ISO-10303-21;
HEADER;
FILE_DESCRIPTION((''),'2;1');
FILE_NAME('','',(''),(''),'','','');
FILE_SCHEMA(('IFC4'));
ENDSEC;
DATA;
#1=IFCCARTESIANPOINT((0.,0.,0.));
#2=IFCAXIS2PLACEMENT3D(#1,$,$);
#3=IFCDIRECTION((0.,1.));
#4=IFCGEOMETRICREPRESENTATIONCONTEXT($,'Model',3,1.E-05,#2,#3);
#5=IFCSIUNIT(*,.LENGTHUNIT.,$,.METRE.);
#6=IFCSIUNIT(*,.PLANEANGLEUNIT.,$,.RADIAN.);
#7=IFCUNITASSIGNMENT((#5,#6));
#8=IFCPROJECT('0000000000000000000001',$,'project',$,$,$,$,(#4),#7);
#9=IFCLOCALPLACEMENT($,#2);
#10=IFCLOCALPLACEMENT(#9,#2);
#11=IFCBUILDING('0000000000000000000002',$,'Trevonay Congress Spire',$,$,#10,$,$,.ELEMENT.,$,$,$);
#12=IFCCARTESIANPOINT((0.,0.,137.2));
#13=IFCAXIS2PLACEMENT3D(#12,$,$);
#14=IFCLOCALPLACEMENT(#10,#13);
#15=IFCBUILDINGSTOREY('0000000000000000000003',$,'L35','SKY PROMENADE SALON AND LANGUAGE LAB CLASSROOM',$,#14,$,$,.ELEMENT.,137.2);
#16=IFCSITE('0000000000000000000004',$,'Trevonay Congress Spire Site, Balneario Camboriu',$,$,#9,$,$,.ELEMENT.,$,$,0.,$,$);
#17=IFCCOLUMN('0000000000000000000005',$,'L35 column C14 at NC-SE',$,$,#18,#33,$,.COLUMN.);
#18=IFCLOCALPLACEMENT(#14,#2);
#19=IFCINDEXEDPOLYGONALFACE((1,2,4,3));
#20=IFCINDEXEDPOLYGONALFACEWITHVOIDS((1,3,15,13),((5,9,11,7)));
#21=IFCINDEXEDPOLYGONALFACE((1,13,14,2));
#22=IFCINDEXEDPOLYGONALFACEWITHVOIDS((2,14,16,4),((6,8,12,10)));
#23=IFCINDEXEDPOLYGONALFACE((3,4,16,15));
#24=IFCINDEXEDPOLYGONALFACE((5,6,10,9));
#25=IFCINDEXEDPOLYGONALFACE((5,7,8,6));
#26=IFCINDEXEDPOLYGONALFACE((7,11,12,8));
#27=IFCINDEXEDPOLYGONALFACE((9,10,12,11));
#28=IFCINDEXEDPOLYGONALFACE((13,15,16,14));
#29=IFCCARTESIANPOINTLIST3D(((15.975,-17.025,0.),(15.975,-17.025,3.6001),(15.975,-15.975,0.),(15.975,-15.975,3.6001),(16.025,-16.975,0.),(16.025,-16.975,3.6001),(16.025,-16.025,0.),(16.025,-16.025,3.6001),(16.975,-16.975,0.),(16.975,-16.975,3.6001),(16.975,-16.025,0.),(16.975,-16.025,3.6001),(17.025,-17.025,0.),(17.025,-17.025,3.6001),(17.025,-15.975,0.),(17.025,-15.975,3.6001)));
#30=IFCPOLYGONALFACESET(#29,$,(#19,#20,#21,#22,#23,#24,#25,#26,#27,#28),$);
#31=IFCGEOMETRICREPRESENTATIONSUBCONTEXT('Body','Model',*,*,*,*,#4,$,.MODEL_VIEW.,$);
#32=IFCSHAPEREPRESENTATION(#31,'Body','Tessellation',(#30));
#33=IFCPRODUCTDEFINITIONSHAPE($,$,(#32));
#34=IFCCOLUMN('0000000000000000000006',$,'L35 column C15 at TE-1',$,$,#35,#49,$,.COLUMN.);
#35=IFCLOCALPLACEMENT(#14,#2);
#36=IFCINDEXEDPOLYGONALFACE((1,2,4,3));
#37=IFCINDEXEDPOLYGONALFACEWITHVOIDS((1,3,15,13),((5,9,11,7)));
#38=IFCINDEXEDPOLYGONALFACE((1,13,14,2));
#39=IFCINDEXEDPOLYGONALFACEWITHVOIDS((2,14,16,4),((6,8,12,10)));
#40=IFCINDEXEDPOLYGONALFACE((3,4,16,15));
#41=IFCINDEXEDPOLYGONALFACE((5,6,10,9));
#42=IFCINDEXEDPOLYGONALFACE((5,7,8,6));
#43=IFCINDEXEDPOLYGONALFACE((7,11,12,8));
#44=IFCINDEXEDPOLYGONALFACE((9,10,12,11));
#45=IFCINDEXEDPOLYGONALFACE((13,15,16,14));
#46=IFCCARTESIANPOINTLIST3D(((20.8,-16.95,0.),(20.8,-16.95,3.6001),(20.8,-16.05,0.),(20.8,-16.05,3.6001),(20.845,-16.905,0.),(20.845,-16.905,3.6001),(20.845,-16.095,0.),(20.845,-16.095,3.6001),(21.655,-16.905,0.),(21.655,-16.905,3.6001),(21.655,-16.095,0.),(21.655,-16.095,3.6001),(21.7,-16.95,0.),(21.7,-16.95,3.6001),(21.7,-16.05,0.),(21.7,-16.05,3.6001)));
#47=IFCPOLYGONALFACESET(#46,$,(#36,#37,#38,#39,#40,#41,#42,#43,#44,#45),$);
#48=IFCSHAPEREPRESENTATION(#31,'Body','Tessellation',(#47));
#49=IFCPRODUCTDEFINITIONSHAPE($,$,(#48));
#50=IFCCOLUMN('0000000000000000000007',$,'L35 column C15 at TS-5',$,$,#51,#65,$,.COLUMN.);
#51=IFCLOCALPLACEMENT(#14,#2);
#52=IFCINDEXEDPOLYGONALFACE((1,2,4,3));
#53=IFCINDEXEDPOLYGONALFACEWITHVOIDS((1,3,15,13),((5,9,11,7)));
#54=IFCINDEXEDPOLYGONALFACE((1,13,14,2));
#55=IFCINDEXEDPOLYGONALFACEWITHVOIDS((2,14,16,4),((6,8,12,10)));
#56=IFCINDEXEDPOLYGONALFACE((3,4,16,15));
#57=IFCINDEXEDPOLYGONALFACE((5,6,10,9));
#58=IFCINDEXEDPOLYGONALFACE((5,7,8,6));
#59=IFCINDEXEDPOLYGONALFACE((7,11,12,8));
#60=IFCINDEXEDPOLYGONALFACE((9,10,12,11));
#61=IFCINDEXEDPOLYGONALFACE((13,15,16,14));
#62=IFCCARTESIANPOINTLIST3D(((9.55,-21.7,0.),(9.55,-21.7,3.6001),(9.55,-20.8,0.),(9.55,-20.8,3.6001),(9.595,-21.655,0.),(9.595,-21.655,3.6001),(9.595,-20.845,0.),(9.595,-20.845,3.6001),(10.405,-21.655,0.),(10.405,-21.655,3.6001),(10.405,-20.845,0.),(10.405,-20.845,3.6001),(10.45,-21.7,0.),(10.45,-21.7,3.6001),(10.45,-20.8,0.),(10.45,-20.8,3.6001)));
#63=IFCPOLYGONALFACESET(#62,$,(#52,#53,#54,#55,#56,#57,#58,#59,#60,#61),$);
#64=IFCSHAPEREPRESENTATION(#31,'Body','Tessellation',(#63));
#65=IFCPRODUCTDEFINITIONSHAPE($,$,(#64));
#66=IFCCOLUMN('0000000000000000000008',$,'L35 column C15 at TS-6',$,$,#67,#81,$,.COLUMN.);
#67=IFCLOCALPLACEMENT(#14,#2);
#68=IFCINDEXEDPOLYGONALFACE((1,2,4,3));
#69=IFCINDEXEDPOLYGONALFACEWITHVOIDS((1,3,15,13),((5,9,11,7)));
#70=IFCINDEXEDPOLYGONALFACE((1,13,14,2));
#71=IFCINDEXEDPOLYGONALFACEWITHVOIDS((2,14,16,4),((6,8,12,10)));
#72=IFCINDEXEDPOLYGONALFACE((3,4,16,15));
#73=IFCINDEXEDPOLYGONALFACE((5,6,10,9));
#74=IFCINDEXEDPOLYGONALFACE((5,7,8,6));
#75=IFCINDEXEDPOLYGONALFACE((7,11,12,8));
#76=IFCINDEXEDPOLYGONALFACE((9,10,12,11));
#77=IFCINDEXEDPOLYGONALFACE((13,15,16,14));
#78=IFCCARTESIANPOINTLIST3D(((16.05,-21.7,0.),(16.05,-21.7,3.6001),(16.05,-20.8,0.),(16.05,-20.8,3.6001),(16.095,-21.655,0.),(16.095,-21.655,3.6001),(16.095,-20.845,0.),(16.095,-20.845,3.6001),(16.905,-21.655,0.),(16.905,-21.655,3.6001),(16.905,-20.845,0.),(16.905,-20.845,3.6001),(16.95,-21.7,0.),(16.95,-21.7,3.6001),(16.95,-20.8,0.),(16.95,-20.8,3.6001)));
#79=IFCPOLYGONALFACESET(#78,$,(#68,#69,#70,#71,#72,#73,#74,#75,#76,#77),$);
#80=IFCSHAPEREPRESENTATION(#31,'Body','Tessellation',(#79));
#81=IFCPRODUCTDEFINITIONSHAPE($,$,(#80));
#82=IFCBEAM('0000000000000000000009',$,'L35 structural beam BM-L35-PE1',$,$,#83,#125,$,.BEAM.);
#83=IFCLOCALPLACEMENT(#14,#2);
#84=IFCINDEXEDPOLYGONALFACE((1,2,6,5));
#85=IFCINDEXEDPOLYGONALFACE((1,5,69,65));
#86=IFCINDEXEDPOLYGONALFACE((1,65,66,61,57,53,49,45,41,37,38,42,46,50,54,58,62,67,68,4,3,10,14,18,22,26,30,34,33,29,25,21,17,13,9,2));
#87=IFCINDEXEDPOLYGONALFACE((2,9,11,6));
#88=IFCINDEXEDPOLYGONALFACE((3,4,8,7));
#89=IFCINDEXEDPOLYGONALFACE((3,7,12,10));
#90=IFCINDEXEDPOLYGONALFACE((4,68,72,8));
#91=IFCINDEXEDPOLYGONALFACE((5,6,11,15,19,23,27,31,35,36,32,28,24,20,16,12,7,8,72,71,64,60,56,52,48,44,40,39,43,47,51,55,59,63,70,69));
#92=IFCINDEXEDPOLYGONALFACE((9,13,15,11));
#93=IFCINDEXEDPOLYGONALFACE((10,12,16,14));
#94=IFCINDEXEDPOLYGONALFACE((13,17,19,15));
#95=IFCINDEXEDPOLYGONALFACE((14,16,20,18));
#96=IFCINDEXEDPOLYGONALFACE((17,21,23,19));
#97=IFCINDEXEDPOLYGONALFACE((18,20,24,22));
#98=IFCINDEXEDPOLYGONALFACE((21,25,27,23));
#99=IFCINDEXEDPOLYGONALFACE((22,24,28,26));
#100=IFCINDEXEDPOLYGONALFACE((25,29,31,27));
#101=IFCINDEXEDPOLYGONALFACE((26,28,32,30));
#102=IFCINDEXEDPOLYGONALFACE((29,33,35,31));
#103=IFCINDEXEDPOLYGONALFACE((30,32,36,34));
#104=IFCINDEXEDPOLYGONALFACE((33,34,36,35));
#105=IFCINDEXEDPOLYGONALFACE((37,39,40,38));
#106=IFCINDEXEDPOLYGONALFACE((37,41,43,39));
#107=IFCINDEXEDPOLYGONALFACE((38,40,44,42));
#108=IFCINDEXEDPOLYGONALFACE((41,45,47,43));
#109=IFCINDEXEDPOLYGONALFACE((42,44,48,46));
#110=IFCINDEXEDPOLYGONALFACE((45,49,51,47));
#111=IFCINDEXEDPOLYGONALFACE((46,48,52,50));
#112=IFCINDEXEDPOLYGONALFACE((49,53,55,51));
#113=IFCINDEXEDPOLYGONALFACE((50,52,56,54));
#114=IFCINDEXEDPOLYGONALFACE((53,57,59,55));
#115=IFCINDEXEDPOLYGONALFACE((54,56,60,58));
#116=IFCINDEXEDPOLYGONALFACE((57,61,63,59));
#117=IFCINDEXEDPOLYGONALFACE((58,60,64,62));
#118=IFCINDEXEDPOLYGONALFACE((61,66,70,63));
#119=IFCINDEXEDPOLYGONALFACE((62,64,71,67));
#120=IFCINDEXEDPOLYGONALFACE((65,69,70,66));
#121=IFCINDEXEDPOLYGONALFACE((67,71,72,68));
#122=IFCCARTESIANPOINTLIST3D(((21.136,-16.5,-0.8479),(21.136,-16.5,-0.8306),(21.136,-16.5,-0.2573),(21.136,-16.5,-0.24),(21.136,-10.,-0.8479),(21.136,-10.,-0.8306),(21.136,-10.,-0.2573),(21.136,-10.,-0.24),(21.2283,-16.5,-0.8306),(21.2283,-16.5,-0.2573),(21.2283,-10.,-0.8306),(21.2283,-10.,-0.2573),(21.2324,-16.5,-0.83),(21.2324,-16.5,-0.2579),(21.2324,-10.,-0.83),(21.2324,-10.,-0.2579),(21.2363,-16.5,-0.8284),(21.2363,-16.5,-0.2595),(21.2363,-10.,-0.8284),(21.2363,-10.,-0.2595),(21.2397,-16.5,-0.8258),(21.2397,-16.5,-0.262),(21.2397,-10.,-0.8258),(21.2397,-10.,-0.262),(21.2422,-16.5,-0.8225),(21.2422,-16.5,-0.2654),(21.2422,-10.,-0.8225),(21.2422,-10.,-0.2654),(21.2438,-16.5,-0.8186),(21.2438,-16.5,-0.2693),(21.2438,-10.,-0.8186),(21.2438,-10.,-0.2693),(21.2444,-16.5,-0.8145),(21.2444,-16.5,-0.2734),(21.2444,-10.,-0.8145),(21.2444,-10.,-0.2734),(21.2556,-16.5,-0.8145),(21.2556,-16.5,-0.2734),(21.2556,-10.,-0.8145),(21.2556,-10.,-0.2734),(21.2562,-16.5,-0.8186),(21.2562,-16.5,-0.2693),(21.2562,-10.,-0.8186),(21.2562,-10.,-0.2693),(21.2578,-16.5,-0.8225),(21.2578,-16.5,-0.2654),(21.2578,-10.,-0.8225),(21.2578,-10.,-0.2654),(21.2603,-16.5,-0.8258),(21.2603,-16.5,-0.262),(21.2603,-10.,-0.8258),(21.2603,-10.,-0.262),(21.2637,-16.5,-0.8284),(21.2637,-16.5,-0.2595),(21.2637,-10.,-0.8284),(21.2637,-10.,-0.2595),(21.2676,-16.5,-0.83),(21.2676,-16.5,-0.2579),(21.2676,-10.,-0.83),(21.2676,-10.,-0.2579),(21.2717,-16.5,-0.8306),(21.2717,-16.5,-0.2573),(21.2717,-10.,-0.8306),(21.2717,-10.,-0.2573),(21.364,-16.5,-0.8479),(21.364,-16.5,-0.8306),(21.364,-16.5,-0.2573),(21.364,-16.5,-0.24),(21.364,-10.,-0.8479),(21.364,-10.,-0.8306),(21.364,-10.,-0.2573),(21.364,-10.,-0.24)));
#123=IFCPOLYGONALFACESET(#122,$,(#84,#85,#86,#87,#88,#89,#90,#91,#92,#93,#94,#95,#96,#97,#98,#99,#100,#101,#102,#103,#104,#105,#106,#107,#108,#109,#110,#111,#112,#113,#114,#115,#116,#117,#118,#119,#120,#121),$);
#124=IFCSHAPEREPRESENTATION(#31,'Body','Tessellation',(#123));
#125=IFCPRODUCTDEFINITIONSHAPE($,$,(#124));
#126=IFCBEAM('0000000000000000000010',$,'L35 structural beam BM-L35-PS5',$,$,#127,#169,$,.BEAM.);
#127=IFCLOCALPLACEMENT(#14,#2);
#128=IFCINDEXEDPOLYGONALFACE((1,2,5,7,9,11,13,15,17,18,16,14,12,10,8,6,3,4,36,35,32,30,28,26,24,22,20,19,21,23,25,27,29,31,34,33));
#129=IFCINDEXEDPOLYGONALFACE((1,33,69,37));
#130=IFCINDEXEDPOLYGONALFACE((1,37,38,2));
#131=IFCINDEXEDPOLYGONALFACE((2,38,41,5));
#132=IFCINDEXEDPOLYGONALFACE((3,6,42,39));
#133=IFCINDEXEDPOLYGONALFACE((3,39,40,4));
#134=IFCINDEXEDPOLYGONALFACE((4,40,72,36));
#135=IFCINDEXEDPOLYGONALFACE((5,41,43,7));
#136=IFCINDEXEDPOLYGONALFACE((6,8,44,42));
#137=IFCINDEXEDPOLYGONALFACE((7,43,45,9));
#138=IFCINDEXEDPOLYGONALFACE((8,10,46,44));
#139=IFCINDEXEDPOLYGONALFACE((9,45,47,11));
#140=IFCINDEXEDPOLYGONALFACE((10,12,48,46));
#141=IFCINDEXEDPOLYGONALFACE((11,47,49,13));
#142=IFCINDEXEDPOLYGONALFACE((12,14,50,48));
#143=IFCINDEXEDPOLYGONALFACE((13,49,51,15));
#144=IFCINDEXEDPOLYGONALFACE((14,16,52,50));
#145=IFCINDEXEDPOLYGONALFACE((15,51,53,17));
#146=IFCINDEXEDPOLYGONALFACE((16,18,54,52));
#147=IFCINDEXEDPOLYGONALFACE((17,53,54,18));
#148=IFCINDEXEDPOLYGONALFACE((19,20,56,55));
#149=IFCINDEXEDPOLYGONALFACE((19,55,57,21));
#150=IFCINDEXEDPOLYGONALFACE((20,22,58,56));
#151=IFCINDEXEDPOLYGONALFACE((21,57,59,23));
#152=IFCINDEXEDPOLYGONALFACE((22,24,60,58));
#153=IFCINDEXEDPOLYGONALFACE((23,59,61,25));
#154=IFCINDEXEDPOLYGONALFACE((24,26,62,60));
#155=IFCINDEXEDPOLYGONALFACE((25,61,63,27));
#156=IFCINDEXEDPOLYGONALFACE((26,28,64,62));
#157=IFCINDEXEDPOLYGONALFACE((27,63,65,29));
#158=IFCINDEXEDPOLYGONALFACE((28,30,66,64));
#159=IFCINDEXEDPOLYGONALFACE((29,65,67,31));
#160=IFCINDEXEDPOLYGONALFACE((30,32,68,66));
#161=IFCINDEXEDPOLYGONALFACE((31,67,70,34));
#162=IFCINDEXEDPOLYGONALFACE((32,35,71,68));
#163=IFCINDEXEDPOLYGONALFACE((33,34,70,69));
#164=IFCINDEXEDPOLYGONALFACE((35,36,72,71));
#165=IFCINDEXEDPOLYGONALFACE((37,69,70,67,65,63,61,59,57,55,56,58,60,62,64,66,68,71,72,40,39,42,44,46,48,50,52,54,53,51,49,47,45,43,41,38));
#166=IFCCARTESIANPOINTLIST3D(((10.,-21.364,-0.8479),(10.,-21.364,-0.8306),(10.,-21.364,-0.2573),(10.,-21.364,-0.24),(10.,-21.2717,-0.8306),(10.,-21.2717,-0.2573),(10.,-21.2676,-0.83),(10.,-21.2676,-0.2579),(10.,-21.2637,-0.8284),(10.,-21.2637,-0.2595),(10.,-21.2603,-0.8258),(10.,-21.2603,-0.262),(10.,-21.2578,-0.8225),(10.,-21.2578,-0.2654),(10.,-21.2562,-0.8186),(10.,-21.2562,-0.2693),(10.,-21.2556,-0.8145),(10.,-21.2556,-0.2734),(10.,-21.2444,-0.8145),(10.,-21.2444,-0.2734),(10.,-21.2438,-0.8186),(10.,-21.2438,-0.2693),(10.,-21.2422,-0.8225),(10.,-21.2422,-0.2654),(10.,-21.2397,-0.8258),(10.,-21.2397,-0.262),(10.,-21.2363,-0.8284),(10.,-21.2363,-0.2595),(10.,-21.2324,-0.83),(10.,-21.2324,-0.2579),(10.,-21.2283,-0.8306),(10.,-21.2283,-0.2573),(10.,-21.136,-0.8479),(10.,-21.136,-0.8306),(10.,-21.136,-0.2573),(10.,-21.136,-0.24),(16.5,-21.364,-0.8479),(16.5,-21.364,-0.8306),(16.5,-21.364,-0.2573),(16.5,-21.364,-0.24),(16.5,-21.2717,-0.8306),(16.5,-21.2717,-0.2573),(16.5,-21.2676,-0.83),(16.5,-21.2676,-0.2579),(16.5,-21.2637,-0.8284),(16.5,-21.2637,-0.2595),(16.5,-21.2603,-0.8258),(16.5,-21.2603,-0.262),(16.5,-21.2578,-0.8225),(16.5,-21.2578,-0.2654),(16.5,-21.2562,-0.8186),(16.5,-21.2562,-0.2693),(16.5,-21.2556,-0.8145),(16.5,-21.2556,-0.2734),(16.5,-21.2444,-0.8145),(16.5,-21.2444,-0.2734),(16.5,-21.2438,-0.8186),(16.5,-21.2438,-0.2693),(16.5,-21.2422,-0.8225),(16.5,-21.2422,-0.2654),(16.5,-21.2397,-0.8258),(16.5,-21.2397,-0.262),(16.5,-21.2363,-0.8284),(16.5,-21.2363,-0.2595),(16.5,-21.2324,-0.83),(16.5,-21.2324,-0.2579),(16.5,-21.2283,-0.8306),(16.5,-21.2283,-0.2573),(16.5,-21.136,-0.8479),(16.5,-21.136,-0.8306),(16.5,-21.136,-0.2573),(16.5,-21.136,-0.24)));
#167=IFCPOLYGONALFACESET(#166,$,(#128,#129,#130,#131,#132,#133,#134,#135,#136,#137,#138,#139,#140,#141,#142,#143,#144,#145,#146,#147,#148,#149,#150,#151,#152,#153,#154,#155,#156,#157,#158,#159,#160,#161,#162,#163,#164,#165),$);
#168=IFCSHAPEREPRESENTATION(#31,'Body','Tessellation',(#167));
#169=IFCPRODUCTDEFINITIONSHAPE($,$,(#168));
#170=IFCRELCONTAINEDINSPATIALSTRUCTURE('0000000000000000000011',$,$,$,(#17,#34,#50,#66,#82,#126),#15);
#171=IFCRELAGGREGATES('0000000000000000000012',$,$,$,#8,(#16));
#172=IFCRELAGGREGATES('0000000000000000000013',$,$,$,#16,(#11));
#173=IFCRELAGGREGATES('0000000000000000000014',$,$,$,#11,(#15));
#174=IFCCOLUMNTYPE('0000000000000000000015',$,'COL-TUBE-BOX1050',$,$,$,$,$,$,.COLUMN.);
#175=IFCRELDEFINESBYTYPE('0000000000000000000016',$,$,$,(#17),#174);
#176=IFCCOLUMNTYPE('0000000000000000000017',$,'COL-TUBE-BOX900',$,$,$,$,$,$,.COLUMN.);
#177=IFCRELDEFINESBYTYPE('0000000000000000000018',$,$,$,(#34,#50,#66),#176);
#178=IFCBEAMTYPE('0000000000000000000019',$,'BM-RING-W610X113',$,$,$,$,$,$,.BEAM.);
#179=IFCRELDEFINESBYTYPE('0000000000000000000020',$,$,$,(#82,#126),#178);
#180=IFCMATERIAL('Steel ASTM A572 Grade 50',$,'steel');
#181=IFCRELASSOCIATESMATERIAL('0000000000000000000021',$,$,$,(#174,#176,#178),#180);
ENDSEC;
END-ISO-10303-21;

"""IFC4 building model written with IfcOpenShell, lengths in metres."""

from ifc_helpers import new_model, si_unit, direction, frame, origin, origin_2d, place, context, subcontext, project, spatial, hollow_rectangle, i_section, extrude, material, material_profile, profile_set, type_object, element, save


model = new_model("IFC4")

# Units and contexts
model_context = context("Model", 3, precision=1e-05, world=origin(), true_north=direction((0.0, 1.0)))
body_context = subcontext(model_context, "Body", "Model", "MODEL_VIEW")
ifc_project = project(units=[si_unit("LENGTHUNIT", "METRE"), si_unit("PLANEANGLEUNIT", "RADIAN")], contexts=[model_context])

# Site, building, storey
site_placement = place(None, origin())
site = spatial("IfcSite", under=ifc_project, at=site_placement, Name="Trevonay Congress Spire Site, Balneario Camboriu", CompositionType="ELEMENT", RefElevation=0.0)
building_placement = place(site_placement, origin())
building = spatial("IfcBuilding", under=site, at=building_placement, Name="Trevonay Congress Spire", CompositionType="ELEMENT")
storey_placement = place(building_placement, frame((0.0, 0.0, 137.2)))
storey = spatial("IfcBuildingStorey", under=building, at=storey_placement, Name="L35", Description="SKY PROMENADE SALON AND LANGUAGE LAB CLASSROOM", CompositionType="ELEMENT", Elevation=137.2)

# Columns
ifc_material_1 = material(Name="Steel ASTM A572 Grade 50", Category="steel")
ifc_material_profile_1 = material_profile(ifc_material_1, hollow_rectangle(XDim=1.05, YDim=1.05, WallThickness=0.05, at=origin_2d()), Name="BOX 1050x1050x50")
ifc_profile_set_1 = profile_set([ifc_material_profile_1], Name="Steel ASTM A572 Grade 50")
column_type_1 = type_object("IfcColumnType", Name="COL-TUBE-BOX1050", PredefinedType="COLUMN", material=ifc_profile_set_1)
column_placement = place(storey_placement, frame((16.5, -16.5, 0.0), z_axis=(0.0, 0.0, 1.0), x_axis=(1.0, 0.0, 0.0)))
element("IfcColumn", 1, at=column_placement, inside=storey, type_object=column_type_1, Name="L35 column C14 at NC-SE", PredefinedType="COLUMN", context=body_context, shape_type="SweptSolid", body=[
    extrude(hollow_rectangle(XDim=1.05, YDim=1.05, WallThickness=0.05, at=origin_2d()), origin(), (0.0, 0.0, 1.0), 3.6001),
])
ifc_material_profile_2 = material_profile(ifc_material_1, hollow_rectangle(XDim=0.8999, YDim=0.8999, WallThickness=0.0449, at=origin_2d()), Name="BOX 900x900x45")
ifc_profile_set_2 = profile_set([ifc_material_profile_2], Name="Steel ASTM A572 Grade 50")
column_type_2 = type_object("IfcColumnType", Name="COL-TUBE-BOX900", PredefinedType="COLUMN", material=ifc_profile_set_2)
for number, where, z_axis, x_axis, name in (
    (2, (21.25, -16.5, 0.0), (0.0, 0.0, 1.0), (1.0, 0.0, 0.0), "L35 column C15 at TE-1"),
    (3, (10.0, -21.25, 0.0), (0.0, 0.0, 1.0), (1.0, 0.0, 0.0), "L35 column C15 at TS-5"),
    (4, (16.5, -21.25, 0.0), (0.0, 0.0, 1.0), (1.0, 0.0, 0.0), "L35 column C15 at TS-6"),
):
    element("IfcColumn", number, at=place(storey_placement, frame(where, z_axis=z_axis, x_axis=x_axis)), inside=storey, type_object=column_type_2, Name=name, PredefinedType="COLUMN", context=body_context, shape_type="SweptSolid", body=[
        extrude(hollow_rectangle(XDim=0.8999, YDim=0.8999, WallThickness=0.0449, at=origin_2d()), origin(), (0.0, 0.0, 1.0), 3.6001),
    ])

# Beams
ifc_material_profile_3 = material_profile(ifc_material_1, i_section(OverallWidth=0.228, OverallDepth=0.6079, WebThickness=0.0112, FlangeThickness=0.0173, FilletRadius=0.0161, at=origin_2d()), Name="W610x113")
ifc_profile_set_3 = profile_set([ifc_material_profile_3], Name="Steel ASTM A572 Grade 50")
beam_type = type_object("IfcBeamType", Name="BM-RING-W610X113", PredefinedType="BEAM", material=ifc_profile_set_3)
for number, where, z_axis, x_axis, name in (
    (5, (21.25, -16.5, -0.5439), (0.0, 1.0, 0.0), (-1.0, 0.0, 0.0), "L35 structural beam BM-L35-PE1"),
    (6, (10.0, -21.25, -0.5439), (1.0, 0.0, 0.0), (0.0, 1.0, 0.0), "L35 structural beam BM-L35-PS5"),
):
    element("IfcBeam", number, at=place(storey_placement, frame(where, z_axis=z_axis, x_axis=x_axis)), inside=storey, type_object=beam_type, Name=name, PredefinedType="BEAM", context=body_context, shape_type="SweptSolid", body=[
        extrude(i_section(OverallWidth=0.228, OverallDepth=0.6079, WebThickness=0.0112, FlangeThickness=0.0173, FilletRadius=0.0161, at=origin_2d()), origin(), (0.0, 0.0, 1.0), 6.5),
    ])

save(model, "model.ifc")
